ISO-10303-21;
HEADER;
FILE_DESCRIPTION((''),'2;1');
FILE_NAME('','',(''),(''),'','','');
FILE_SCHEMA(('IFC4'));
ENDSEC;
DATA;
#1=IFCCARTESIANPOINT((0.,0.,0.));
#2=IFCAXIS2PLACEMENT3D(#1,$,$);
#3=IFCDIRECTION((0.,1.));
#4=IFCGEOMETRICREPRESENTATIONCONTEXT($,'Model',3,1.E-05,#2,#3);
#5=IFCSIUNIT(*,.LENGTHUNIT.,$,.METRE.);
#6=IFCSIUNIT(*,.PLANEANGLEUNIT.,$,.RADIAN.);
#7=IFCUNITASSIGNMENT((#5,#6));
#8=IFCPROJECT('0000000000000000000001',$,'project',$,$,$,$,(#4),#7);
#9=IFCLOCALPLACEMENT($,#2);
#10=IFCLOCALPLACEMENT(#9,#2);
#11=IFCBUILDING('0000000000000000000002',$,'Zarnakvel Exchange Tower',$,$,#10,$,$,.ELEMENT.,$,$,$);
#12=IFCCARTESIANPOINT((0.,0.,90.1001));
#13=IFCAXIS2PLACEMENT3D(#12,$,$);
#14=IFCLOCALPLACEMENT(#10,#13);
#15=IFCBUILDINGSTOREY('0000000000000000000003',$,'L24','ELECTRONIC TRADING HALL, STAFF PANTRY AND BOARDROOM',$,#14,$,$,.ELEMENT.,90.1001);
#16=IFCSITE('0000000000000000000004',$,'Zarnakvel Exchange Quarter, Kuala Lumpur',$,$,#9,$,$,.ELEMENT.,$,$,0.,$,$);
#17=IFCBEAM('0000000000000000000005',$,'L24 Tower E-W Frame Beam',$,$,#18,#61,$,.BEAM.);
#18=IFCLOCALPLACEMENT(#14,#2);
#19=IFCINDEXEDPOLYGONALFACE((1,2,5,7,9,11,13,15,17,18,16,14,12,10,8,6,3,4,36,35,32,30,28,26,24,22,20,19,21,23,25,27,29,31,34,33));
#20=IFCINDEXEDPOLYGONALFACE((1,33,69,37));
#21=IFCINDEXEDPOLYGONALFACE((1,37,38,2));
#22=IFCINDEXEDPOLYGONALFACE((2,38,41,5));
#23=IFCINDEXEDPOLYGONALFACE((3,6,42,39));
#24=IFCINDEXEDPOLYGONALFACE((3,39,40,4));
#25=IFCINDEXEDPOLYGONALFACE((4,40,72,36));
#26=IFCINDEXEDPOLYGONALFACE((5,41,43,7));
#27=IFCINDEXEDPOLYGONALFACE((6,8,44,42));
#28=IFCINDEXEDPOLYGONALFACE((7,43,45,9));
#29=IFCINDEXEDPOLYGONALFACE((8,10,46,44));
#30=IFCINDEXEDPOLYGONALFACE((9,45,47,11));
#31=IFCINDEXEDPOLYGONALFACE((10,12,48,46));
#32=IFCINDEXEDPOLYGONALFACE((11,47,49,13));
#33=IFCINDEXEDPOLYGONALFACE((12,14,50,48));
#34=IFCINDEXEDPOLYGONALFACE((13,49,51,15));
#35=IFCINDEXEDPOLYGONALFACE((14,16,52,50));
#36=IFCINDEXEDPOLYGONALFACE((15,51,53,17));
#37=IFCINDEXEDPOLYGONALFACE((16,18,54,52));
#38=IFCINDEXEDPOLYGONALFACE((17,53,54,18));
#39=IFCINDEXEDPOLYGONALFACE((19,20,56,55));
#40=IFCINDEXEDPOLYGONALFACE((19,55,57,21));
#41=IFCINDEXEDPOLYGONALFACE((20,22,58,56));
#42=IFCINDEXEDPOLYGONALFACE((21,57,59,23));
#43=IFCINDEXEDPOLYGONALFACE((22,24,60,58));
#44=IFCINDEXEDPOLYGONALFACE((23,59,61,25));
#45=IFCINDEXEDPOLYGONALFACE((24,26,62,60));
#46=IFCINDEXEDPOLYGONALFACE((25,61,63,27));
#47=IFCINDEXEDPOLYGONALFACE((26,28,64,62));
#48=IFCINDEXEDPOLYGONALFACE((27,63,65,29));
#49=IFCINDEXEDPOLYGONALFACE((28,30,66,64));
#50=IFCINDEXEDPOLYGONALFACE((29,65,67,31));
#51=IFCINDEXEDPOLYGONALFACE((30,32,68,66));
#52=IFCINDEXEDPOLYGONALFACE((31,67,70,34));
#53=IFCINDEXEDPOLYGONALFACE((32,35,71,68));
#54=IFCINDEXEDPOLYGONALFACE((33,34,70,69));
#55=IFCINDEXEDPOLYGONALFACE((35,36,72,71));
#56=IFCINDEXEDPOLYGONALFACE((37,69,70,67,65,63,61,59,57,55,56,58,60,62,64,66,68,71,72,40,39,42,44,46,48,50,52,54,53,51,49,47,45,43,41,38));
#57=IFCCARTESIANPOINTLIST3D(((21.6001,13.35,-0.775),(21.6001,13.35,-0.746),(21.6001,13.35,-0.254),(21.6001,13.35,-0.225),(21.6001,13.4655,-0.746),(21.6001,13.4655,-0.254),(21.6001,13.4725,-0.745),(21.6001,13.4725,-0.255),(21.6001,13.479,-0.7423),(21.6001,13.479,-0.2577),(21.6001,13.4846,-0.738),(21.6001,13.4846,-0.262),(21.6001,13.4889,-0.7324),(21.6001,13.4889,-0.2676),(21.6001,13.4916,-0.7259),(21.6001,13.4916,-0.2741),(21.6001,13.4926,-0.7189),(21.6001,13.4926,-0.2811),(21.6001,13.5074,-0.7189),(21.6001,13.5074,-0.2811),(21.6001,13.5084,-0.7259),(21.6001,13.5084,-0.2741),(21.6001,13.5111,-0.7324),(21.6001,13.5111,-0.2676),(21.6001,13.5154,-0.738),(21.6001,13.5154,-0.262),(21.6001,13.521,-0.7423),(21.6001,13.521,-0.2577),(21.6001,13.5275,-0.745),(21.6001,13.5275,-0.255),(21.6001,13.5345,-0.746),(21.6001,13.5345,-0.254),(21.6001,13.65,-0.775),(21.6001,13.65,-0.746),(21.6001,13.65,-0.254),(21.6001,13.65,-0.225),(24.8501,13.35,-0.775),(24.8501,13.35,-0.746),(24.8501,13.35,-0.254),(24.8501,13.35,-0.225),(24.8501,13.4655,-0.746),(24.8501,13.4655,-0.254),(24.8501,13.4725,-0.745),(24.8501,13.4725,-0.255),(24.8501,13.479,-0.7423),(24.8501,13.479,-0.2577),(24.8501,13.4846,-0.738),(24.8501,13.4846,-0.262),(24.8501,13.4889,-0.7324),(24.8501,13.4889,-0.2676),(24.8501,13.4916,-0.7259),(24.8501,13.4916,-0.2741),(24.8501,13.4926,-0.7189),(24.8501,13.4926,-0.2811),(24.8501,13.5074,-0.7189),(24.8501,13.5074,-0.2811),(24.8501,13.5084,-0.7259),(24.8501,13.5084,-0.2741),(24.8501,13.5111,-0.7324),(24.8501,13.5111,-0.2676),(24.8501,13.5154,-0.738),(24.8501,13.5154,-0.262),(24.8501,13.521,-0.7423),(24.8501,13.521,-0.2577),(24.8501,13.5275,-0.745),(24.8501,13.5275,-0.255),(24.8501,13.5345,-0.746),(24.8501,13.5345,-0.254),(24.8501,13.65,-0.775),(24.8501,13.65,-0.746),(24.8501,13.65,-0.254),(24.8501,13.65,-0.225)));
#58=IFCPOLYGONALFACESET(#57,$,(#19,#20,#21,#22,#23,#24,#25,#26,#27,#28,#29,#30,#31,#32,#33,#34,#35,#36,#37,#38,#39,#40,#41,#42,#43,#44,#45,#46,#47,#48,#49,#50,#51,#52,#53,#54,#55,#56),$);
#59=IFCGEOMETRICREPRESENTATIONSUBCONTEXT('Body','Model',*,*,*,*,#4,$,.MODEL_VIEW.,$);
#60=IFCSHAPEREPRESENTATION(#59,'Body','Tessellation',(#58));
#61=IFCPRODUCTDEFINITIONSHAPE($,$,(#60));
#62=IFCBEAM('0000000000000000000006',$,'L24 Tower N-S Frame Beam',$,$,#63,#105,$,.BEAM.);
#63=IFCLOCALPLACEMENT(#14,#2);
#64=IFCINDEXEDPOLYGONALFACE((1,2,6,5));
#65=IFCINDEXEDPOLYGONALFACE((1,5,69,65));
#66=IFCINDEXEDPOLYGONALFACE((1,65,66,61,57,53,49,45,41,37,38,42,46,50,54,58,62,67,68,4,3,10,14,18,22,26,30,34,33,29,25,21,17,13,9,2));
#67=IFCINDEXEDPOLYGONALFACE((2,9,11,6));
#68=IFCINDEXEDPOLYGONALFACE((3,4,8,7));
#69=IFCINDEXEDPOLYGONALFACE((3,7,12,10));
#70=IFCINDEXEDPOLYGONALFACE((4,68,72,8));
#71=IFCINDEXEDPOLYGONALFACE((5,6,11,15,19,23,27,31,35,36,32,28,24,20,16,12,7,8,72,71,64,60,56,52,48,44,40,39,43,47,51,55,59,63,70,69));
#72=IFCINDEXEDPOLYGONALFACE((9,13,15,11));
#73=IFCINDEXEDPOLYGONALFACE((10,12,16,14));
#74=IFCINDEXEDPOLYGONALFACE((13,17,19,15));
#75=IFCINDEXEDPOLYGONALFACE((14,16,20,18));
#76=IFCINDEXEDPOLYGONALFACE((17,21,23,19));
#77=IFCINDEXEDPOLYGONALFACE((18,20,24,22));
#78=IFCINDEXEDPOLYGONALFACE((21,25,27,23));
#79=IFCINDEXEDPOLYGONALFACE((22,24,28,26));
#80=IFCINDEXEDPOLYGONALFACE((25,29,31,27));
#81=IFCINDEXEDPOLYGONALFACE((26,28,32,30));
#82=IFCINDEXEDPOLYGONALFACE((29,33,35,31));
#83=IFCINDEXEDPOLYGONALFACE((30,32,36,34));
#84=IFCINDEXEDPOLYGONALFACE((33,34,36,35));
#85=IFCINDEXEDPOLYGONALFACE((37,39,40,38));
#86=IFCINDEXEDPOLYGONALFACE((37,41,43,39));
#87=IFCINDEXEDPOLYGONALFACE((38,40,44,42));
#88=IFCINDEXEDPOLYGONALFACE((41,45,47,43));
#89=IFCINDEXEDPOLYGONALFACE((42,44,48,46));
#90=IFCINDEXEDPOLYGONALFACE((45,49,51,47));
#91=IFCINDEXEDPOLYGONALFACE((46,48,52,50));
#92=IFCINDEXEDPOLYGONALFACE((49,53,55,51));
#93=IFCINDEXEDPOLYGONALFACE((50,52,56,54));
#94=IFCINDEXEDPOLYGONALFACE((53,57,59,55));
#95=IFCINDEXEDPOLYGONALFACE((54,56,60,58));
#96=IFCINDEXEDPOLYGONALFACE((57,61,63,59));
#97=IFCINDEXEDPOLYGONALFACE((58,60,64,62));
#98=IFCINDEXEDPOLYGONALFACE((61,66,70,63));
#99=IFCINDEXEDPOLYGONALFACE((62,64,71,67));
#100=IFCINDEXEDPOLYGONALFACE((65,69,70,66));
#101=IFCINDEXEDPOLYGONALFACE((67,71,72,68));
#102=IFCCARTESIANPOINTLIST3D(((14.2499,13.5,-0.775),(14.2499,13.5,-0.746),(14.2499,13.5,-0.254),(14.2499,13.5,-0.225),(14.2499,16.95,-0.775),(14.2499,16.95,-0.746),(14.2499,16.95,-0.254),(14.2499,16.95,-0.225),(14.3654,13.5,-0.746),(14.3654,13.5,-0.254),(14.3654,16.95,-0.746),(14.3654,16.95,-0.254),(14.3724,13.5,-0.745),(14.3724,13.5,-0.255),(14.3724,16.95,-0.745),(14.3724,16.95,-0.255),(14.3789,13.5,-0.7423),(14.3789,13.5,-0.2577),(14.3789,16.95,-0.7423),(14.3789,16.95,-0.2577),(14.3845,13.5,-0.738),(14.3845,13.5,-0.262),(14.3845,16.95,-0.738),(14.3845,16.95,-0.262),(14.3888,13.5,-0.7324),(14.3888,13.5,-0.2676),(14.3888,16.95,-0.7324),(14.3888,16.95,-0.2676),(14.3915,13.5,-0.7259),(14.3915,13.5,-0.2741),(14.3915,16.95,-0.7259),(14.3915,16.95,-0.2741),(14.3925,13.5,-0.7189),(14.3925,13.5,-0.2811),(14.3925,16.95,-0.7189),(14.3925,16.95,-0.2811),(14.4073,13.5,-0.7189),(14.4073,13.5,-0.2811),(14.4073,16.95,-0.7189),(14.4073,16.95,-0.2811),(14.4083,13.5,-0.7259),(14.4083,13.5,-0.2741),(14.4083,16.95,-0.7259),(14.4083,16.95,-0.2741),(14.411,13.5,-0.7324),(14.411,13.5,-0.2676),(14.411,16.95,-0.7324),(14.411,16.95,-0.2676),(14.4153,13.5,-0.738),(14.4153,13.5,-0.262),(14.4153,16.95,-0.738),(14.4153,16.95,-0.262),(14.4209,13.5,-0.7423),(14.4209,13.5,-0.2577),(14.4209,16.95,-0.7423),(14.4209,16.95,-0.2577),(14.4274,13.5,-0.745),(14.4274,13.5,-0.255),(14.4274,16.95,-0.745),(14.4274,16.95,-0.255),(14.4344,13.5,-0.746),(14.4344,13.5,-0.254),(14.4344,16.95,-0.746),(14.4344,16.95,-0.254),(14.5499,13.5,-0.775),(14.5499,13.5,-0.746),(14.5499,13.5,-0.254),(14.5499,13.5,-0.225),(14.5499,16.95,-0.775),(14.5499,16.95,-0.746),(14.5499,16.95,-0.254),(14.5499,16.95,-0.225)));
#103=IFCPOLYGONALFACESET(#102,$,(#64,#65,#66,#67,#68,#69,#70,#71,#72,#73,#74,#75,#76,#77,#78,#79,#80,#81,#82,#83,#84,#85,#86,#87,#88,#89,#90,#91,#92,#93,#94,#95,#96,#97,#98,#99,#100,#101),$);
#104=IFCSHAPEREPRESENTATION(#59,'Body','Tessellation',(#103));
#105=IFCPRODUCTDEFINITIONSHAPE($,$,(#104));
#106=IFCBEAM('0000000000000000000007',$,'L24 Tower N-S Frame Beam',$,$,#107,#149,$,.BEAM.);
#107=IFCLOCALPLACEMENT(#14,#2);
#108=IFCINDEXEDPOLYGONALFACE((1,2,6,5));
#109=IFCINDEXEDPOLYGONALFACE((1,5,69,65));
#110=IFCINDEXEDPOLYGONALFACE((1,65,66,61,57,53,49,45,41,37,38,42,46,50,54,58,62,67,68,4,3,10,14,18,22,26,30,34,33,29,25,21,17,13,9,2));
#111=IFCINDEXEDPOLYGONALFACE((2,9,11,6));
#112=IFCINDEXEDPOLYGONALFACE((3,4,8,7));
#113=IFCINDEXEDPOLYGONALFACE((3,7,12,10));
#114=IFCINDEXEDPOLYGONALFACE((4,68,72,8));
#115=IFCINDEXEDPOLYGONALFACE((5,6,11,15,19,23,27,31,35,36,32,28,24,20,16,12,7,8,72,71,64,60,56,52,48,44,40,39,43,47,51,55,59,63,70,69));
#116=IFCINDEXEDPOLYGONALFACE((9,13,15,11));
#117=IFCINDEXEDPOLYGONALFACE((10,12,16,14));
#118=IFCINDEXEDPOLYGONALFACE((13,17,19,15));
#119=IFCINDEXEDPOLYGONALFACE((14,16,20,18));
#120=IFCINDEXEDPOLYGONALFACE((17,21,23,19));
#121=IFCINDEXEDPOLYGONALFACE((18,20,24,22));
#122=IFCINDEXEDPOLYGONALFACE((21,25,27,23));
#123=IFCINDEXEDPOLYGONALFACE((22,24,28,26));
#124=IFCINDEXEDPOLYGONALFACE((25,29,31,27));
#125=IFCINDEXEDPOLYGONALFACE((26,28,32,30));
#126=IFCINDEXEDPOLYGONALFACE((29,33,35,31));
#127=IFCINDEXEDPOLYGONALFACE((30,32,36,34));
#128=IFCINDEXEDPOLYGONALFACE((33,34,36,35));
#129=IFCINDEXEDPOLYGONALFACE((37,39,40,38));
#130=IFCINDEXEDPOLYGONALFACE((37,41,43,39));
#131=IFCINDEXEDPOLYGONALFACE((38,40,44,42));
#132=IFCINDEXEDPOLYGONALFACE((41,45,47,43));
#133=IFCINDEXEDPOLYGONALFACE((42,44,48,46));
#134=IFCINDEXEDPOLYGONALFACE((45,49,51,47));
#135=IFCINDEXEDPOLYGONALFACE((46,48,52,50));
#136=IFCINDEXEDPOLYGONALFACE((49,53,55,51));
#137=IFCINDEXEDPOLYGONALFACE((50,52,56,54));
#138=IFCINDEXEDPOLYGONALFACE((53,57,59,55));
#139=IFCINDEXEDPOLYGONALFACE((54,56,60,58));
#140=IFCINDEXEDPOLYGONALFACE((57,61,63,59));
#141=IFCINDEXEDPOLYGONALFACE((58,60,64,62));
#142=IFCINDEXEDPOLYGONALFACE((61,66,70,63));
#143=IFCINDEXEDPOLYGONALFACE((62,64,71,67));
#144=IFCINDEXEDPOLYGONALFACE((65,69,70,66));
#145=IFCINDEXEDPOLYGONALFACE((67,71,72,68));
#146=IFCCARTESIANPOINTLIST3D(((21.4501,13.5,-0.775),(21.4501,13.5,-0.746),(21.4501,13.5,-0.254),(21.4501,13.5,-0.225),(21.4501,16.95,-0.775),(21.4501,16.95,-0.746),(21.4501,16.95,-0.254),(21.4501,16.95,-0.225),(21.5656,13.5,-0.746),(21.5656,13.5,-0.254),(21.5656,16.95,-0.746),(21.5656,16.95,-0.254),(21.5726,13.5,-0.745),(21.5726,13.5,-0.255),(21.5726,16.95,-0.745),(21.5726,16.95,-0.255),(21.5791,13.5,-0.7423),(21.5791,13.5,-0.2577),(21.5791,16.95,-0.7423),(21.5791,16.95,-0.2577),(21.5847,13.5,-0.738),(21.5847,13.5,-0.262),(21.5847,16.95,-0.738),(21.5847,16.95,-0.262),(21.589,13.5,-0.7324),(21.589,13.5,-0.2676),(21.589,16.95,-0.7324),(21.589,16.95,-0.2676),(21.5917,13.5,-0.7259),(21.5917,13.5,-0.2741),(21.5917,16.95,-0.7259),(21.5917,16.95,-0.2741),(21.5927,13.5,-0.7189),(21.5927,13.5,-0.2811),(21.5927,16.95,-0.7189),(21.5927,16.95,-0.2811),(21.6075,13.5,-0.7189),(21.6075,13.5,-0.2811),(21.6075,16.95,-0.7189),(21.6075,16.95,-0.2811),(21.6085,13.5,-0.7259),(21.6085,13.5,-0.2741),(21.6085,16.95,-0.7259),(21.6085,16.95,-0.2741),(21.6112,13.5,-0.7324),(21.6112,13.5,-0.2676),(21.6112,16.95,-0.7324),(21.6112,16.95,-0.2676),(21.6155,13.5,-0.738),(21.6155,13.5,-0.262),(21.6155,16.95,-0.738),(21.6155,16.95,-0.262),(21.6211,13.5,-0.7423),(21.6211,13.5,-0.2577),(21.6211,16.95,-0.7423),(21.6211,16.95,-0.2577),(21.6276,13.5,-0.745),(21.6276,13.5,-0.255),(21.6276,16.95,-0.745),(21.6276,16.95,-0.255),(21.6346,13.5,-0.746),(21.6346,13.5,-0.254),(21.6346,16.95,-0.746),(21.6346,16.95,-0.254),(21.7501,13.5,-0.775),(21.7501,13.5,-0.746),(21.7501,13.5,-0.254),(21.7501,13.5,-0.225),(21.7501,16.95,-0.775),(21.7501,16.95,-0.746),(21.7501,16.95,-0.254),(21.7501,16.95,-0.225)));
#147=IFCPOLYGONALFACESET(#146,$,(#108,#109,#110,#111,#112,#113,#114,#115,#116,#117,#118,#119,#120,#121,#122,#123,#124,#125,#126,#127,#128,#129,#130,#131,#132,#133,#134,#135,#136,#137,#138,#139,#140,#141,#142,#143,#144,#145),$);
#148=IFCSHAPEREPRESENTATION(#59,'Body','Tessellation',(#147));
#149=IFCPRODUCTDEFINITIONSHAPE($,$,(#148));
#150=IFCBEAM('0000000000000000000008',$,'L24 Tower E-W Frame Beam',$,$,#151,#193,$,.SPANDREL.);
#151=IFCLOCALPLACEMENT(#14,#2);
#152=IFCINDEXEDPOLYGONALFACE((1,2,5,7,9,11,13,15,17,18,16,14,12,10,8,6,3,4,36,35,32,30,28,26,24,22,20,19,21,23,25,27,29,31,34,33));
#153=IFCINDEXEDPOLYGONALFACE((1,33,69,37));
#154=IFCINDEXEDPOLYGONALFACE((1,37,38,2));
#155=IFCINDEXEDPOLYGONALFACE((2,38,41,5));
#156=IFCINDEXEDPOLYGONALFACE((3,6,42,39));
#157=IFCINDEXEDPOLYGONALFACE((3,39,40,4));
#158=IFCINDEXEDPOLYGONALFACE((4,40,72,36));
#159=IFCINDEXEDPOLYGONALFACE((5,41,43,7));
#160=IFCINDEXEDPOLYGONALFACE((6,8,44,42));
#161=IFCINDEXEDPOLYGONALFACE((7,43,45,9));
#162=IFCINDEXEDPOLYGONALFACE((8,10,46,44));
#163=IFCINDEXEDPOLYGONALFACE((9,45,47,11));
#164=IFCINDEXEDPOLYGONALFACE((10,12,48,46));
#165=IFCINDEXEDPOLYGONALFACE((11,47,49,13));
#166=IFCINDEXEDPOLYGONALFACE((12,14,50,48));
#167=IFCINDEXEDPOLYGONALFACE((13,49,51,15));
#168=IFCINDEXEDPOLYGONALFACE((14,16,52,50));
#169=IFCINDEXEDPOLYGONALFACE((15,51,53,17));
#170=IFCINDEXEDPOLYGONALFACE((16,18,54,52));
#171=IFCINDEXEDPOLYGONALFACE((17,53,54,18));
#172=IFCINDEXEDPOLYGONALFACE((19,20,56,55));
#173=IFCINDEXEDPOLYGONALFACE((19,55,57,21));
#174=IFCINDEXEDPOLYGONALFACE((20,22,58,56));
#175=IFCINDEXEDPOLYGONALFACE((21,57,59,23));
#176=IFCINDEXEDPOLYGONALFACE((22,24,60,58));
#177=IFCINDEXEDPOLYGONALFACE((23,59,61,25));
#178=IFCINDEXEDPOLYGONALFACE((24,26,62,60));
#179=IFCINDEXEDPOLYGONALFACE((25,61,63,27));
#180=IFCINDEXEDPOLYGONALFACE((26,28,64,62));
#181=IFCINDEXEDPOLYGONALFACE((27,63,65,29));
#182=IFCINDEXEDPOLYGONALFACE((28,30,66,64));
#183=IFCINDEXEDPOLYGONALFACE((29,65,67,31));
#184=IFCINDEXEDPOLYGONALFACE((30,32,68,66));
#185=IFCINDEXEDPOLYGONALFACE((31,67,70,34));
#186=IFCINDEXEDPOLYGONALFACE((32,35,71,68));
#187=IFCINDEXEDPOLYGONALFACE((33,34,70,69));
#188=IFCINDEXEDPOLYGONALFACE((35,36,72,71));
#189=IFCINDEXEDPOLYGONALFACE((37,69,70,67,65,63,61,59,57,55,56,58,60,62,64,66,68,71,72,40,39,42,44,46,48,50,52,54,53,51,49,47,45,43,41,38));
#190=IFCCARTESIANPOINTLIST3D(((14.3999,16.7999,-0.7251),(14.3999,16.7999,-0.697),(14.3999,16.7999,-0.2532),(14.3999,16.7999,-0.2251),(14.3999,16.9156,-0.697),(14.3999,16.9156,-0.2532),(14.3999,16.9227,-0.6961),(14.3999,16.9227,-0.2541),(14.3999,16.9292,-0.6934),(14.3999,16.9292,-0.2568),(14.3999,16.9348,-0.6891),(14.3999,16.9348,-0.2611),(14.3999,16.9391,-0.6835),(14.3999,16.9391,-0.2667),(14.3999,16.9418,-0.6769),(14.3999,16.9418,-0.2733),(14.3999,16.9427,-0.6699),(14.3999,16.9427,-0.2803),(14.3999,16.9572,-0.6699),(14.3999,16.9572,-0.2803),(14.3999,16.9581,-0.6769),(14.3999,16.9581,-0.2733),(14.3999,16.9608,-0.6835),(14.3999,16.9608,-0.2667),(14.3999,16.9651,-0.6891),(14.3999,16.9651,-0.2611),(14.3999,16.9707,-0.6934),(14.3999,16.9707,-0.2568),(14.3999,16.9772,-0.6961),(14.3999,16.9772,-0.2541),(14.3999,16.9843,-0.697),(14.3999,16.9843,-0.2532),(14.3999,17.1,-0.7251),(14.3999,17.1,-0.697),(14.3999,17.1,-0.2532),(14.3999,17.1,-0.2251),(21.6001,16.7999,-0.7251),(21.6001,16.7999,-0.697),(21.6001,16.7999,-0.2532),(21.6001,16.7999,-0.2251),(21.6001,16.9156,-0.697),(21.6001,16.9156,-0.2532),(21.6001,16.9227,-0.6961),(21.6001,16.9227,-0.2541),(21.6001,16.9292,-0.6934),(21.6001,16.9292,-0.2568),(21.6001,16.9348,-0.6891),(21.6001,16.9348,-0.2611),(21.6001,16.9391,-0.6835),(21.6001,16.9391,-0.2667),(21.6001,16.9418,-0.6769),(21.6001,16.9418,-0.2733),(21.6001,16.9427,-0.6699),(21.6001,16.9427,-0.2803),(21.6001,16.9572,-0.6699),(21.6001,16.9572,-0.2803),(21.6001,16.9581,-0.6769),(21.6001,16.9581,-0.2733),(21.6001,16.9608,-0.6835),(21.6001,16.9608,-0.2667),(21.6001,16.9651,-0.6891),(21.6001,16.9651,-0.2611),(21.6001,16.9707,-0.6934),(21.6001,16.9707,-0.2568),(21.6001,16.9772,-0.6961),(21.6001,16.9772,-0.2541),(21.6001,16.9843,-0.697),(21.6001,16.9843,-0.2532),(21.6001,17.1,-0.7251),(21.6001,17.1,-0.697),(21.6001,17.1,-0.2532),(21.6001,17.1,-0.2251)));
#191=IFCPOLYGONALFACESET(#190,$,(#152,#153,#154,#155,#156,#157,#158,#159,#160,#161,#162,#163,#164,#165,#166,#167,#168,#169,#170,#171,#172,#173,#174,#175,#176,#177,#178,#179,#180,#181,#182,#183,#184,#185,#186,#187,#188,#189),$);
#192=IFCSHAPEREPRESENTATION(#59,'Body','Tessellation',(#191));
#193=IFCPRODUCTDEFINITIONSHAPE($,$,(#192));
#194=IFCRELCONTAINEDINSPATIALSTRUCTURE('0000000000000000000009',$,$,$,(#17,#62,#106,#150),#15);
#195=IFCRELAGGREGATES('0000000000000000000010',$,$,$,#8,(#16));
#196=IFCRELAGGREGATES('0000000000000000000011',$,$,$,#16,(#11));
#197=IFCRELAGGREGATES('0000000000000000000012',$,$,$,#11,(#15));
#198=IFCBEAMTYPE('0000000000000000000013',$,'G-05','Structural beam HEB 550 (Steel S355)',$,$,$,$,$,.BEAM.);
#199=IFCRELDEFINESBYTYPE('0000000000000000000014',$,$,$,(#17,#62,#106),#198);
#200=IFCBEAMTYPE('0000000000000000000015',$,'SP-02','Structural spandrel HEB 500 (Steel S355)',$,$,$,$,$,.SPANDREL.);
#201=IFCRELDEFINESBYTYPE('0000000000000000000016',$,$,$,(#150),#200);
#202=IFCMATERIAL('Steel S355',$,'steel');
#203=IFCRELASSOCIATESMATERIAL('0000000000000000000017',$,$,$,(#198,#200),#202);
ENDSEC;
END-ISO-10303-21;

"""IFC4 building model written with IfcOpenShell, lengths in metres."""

from ifc_helpers import new_model, si_unit, direction, frame, origin, origin_2d, place, context, subcontext, project, spatial, i_section, extrude, material, material_profile, profile_set, type_object, element, save


model = new_model("IFC4")

# Units and contexts
model_context = context("Model", 3, precision=1e-05, world=origin(), true_north=direction((0.0, 1.0)))
body_context = subcontext(model_context, "Body", "Model", "MODEL_VIEW")
ifc_project = project(units=[si_unit("LENGTHUNIT", "METRE"), si_unit("PLANEANGLEUNIT", "RADIAN")], contexts=[model_context])

# Site, building, storey
site_placement = place(None, origin())
site = spatial("IfcSite", under=ifc_project, at=site_placement, Name="Zarnakvel Exchange Quarter, Kuala Lumpur", CompositionType="ELEMENT", RefElevation=0.0)
building_placement = place(site_placement, origin())
building = spatial("IfcBuilding", under=site, at=building_placement, Name="Zarnakvel Exchange Tower", CompositionType="ELEMENT")
storey_placement = place(building_placement, frame((0.0, 0.0, 90.1001)))
storey = spatial("IfcBuildingStorey", under=building, at=storey_placement, Name="L24", Description="ELECTRONIC TRADING HALL, STAFF PANTRY AND BOARDROOM", CompositionType="ELEMENT", Elevation=90.1001)

# Shared definitions
ifc_material_1 = material(Name="Steel S355", Category="steel")

# Beams
ifc_material_profile_1 = material_profile(ifc_material_1, i_section(OverallWidth=0.3, OverallDepth=0.55, WebThickness=0.0149, FlangeThickness=0.0291, FilletRadius=0.0271, at=origin_2d()))
ifc_profile_set_1 = profile_set([ifc_material_profile_1], Name="Steel S355")
beam_type_1 = type_object("IfcBeamType", Name="G-05", Description="Structural beam HEB 550 (Steel S355)", PredefinedType="BEAM", material=ifc_profile_set_1)
beam_1_placement = place(storey_placement, frame((21.6001, 13.5, -0.5), z_axis=(1.0, 0.0, 0.0), x_axis=(0.0, 1.0, 0.0)))
element("IfcBeam", 1, at=beam_1_placement, inside=storey, type_object=beam_type_1, Name="L24 Tower E-W Frame Beam", PredefinedType="BEAM", context=body_context, shape_type="SweptSolid", body=[
    extrude(i_section(OverallWidth=0.3, OverallDepth=0.55, WebThickness=0.0149, FlangeThickness=0.0291, FilletRadius=0.0271, at=origin_2d()), origin(), (0.0, 0.0, 1.0), 3.25),
])
for number, where, z_axis, x_axis, name in (
    (2, (14.3999, 13.5, -0.5), (0.0, 1.0, 0.0), (-1.0, 0.0, 0.0), "L24 Tower N-S Frame Beam"),
    (3, (21.6001, 13.5, -0.5), (0.0, 1.0, 0.0), (-1.0, 0.0, 0.0), "L24 Tower N-S Frame Beam"),
):
    element("IfcBeam", number, at=place(storey_placement, frame(where, z_axis=z_axis, x_axis=x_axis)), inside=storey, type_object=beam_type_1, Name=name, PredefinedType="BEAM", context=body_context, shape_type="SweptSolid", body=[
        extrude(i_section(OverallWidth=0.3, OverallDepth=0.55, WebThickness=0.0149, FlangeThickness=0.0291, FilletRadius=0.0271, at=origin_2d()), origin(), (0.0, 0.0, 1.0), 3.45),
    ])
ifc_material_profile_2 = material_profile(ifc_material_1, i_section(OverallWidth=0.3, OverallDepth=0.5, WebThickness=0.0144, FlangeThickness=0.0281, FilletRadius=0.0271, at=origin_2d()))
ifc_profile_set_2 = profile_set([ifc_material_profile_2], Name="Steel S355")
beam_type_2 = type_object("IfcBeamType", Name="SP-02", Description="Structural spandrel HEB 500 (Steel S355)", PredefinedType="SPANDREL", material=ifc_profile_set_2)
beam_2_placement = place(storey_placement, frame((14.3999, 16.95, -0.4751), z_axis=(1.0, 0.0, 0.0), x_axis=(0.0, 1.0, 0.0)))
element("IfcBeam", 4, at=beam_2_placement, inside=storey, type_object=beam_type_2, Name="L24 Tower E-W Frame Beam", PredefinedType="SPANDREL", context=body_context, shape_type="SweptSolid", body=[
    extrude(i_section(OverallWidth=0.3, OverallDepth=0.5, WebThickness=0.0144, FlangeThickness=0.0281, FilletRadius=0.0271, at=origin_2d()), origin(), (0.0, 0.0, 1.0), 7.2002),
])

save(model, "model.ifc")
